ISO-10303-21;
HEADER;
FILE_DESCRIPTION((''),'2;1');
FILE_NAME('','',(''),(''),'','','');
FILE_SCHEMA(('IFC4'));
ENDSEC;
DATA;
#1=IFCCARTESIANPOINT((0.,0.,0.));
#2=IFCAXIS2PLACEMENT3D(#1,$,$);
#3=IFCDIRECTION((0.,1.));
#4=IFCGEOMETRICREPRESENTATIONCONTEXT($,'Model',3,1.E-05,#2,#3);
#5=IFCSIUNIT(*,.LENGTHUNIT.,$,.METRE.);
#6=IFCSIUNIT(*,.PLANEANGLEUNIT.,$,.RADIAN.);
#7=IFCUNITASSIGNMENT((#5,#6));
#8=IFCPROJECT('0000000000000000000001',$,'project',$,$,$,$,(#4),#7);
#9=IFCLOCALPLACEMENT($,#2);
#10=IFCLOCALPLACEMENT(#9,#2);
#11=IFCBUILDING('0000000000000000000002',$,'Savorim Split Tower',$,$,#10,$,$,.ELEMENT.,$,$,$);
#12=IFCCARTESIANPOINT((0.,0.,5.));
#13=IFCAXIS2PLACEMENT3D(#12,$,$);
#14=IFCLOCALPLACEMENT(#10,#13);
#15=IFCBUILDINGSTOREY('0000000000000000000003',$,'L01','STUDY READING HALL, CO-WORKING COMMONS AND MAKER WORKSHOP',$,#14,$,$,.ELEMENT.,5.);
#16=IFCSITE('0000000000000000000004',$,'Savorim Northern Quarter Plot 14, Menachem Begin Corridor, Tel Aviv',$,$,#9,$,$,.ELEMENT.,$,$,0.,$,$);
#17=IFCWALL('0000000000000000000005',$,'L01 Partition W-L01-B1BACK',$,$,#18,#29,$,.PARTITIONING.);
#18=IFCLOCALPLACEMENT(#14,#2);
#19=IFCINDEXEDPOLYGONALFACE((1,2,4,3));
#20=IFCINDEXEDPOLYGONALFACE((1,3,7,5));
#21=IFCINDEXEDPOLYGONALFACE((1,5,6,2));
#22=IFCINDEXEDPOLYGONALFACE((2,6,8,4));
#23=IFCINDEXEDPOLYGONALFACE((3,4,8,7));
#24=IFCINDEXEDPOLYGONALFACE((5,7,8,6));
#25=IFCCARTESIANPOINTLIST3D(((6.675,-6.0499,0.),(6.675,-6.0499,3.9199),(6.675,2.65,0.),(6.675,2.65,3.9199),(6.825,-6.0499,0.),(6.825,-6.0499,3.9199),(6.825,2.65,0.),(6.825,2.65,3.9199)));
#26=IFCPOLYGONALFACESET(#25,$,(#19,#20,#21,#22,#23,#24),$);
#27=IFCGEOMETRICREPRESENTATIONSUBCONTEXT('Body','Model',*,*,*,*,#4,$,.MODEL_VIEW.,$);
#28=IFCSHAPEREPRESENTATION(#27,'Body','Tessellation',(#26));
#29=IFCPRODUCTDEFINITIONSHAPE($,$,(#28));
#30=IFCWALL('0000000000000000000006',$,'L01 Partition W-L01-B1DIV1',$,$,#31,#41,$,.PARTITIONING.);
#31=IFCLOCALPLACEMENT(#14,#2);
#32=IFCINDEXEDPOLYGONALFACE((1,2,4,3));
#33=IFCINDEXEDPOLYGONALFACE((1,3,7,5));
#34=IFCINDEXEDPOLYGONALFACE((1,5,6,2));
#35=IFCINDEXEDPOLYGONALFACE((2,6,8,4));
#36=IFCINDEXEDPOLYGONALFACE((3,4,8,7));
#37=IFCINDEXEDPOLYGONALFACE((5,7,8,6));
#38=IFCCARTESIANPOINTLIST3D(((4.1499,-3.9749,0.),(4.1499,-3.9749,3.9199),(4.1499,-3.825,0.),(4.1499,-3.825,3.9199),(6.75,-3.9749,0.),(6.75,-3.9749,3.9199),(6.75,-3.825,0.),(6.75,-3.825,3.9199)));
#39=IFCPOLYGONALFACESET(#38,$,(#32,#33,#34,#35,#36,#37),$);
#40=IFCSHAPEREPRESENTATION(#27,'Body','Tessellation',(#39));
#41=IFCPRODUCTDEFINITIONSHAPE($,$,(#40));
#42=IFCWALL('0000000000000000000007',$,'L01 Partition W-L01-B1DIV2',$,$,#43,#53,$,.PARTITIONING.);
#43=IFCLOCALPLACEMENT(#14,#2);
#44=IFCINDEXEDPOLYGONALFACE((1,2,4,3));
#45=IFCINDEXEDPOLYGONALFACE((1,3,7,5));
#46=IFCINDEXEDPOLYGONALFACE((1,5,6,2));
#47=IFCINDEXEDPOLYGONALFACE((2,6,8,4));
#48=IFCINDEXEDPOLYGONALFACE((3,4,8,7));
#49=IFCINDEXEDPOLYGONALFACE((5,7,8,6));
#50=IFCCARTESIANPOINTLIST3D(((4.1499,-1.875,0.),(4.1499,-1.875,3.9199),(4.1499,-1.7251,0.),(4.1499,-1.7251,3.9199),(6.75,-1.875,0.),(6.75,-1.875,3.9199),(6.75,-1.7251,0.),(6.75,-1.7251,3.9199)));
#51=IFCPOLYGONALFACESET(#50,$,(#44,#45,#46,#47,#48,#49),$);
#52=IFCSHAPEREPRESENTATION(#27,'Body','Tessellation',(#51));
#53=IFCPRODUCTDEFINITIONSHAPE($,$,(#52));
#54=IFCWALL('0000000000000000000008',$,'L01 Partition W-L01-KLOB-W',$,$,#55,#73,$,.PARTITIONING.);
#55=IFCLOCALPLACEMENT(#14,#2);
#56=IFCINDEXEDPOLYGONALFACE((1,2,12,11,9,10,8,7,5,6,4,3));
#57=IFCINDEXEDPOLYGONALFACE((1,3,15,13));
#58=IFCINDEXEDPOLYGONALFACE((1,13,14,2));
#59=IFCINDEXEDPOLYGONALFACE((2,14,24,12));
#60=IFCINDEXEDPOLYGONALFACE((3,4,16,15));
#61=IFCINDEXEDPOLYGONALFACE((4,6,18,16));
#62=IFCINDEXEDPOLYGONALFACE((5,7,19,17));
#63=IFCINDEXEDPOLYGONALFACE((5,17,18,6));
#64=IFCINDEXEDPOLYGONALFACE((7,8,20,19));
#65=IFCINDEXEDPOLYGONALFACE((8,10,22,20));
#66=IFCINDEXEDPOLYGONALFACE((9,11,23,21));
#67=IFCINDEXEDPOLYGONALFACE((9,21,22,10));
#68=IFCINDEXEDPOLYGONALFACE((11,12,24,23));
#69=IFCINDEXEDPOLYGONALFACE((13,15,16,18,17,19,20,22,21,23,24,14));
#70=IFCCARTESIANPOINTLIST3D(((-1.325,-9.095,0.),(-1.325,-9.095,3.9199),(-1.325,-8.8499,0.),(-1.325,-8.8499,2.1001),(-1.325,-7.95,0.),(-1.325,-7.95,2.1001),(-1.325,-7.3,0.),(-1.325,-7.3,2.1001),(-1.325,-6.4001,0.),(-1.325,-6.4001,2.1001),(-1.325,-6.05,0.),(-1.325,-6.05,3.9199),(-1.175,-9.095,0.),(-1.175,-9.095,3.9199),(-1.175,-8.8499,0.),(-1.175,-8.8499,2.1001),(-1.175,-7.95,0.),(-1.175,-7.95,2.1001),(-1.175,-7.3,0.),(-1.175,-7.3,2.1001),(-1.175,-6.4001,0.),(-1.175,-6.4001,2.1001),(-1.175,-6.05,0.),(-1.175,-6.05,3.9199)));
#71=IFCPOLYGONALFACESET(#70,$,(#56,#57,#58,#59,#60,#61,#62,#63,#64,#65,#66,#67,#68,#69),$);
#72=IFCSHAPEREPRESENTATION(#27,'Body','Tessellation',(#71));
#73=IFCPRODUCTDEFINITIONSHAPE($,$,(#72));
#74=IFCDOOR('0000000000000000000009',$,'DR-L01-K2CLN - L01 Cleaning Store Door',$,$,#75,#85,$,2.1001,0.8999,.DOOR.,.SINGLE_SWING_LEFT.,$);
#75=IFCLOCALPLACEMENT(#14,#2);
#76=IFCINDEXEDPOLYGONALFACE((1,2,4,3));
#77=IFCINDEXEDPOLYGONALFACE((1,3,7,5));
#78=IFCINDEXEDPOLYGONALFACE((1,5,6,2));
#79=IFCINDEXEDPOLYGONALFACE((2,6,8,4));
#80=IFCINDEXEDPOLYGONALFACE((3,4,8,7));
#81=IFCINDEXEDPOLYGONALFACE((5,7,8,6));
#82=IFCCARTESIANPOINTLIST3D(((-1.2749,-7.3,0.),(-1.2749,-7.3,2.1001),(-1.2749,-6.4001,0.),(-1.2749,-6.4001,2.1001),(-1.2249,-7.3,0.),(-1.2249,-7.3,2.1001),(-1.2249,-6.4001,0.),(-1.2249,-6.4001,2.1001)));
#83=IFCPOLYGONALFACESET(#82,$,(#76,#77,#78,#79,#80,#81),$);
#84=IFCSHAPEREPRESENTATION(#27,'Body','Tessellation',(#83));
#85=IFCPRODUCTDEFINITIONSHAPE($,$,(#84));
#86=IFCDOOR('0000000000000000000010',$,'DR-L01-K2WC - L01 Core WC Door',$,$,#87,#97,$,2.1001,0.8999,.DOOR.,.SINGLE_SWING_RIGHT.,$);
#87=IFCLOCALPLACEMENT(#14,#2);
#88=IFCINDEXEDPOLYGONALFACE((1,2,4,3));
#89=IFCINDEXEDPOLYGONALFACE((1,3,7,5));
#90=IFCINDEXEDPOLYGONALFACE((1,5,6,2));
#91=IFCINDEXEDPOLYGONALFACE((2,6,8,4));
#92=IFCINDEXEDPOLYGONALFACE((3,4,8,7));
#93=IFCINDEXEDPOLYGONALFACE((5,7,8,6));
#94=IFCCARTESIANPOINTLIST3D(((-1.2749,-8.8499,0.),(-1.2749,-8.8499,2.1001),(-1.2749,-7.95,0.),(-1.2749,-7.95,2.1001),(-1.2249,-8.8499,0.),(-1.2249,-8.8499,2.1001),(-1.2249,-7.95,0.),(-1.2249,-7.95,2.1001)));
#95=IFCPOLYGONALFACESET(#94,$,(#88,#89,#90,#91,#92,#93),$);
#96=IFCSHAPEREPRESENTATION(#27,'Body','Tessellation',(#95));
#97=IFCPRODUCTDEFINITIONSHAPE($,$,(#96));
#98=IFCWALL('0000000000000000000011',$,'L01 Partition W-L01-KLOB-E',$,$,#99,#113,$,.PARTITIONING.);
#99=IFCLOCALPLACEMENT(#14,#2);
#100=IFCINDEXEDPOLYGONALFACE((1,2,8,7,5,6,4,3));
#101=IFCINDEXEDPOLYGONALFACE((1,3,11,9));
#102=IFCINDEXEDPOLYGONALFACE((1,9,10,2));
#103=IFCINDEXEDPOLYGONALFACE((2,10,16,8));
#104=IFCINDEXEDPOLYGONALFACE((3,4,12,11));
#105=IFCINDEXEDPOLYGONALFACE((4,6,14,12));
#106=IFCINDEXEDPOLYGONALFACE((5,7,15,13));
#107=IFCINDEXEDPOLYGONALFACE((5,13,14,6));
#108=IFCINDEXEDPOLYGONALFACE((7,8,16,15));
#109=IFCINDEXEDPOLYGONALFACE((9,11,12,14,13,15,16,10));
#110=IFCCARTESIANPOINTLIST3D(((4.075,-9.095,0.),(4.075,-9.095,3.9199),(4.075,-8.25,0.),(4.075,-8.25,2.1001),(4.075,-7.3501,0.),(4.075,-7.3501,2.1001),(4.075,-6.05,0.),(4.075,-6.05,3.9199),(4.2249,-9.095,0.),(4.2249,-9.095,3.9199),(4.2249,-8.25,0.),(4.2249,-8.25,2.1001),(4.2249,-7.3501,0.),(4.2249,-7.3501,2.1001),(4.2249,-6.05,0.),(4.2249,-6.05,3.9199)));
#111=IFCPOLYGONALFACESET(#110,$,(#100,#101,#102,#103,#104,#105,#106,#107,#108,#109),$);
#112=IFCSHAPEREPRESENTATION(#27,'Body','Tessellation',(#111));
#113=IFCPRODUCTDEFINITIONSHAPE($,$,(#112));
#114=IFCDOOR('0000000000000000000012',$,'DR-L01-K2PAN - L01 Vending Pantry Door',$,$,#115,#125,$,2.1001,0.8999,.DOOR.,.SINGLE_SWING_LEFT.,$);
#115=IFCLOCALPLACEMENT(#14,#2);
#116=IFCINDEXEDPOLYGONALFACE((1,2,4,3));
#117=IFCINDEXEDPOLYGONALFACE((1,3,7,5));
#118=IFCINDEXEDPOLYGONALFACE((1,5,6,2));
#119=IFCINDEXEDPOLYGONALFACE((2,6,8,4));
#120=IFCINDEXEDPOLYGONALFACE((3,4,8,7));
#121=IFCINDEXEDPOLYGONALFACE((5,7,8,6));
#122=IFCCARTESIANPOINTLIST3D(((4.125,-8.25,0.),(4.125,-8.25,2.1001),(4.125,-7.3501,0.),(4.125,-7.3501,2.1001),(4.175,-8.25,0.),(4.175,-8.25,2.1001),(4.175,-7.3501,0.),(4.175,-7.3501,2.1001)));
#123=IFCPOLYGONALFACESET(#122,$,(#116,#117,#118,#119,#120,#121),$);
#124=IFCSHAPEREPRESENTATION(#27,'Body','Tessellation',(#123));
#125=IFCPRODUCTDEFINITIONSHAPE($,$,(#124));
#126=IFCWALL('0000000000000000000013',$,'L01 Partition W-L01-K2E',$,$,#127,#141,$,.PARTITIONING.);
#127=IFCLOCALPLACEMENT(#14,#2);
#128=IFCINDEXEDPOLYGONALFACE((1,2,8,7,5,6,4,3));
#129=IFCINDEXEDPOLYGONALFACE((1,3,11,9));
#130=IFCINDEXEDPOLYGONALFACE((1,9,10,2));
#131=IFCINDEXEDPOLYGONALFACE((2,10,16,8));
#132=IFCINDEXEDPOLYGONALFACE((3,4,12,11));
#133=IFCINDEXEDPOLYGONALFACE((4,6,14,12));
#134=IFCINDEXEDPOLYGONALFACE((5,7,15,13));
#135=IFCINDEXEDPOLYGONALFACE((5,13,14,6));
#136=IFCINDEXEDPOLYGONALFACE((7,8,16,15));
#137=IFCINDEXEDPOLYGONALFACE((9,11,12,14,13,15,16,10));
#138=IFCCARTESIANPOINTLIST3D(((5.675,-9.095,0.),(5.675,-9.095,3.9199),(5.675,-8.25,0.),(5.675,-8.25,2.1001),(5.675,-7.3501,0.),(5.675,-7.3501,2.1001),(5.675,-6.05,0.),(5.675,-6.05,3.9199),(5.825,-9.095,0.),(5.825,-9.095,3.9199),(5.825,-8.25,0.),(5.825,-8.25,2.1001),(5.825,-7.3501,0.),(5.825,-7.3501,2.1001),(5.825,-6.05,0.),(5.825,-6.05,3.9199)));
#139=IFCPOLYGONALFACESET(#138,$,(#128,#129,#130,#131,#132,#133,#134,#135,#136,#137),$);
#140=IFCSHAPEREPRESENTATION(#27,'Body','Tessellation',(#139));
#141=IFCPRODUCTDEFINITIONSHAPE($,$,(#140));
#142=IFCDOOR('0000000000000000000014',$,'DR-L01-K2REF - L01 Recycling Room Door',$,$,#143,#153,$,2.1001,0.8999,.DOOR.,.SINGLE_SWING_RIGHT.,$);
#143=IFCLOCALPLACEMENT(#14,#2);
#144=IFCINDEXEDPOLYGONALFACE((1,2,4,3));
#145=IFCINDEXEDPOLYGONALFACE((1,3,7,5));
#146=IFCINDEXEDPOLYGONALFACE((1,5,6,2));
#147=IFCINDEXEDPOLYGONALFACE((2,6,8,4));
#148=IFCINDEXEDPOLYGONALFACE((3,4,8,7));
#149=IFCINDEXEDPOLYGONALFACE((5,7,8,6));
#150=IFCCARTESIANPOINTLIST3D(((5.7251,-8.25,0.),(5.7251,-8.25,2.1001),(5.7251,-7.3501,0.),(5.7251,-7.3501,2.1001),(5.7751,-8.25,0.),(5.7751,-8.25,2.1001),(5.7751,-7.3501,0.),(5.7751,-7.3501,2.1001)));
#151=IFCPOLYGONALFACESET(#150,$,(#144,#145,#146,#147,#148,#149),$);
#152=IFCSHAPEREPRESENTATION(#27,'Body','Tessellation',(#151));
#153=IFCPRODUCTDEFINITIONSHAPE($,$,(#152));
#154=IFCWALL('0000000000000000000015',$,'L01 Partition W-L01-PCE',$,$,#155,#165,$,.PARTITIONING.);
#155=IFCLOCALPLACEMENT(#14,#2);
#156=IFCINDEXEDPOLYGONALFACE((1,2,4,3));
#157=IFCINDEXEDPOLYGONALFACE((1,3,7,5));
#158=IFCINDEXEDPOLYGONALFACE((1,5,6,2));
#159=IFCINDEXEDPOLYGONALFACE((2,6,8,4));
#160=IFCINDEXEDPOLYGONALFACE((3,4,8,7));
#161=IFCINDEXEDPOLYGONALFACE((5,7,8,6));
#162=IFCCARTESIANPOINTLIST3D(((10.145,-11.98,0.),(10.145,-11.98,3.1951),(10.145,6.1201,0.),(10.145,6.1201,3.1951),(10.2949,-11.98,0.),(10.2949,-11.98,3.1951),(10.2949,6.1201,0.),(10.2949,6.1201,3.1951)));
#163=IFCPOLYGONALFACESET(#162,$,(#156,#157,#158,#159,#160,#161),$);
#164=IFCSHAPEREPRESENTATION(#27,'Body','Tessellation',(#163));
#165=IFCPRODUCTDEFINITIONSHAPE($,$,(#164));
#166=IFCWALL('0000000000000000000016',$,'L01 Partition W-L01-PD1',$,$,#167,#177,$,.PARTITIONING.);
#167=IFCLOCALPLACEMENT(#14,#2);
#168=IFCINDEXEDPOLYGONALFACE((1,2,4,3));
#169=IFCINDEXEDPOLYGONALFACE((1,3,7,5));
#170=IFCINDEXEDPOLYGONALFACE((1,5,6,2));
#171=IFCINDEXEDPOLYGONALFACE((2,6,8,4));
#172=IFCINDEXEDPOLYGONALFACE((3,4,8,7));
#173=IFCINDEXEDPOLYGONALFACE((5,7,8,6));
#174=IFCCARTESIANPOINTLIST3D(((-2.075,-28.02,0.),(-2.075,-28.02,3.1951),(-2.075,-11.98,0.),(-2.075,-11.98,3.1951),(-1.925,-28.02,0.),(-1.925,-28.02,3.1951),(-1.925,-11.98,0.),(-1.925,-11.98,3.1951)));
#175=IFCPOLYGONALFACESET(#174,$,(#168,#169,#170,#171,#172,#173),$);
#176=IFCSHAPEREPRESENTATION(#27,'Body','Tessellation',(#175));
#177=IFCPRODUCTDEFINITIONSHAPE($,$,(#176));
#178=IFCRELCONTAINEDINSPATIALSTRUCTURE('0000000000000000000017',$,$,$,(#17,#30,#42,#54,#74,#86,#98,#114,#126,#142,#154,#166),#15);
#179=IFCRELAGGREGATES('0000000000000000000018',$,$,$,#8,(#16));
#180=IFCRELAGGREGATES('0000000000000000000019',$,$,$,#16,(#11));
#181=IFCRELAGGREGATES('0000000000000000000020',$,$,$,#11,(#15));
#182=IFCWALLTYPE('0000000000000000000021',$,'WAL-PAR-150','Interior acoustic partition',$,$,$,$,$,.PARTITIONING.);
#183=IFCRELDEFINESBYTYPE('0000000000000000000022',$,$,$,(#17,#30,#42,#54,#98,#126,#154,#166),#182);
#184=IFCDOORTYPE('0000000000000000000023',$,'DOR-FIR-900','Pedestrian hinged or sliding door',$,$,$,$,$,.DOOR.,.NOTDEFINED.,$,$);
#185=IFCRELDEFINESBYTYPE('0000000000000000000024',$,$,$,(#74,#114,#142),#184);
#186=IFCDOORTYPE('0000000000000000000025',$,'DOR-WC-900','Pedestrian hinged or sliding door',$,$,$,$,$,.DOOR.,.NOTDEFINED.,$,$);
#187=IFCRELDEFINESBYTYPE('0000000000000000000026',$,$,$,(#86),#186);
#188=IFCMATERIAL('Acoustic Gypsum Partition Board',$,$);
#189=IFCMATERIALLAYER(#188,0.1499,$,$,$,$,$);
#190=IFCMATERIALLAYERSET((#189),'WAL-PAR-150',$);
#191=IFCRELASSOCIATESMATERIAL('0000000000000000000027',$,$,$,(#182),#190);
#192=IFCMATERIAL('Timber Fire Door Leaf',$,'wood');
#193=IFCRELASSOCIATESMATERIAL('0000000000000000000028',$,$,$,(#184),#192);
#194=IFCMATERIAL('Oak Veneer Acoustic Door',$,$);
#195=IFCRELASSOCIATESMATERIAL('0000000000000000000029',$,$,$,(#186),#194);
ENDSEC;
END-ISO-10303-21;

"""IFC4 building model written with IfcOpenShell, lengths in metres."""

from ifc_helpers import new_model, si_unit, direction, frame, frame_2d, origin, place, context, subcontext, project, spatial, rectangle, extrude, material, layer, layer_set, type_object, element, fill, save


model = new_model("IFC4")

# Units and contexts
model_context = context("Model", 3, precision=1e-05, world=origin(), true_north=direction((0.0, 1.0)))
body_context = subcontext(model_context, "Body", "Model", "MODEL_VIEW")
ifc_project = project(units=[si_unit("LENGTHUNIT", "METRE"), si_unit("PLANEANGLEUNIT", "RADIAN")], contexts=[model_context])

# Site, building, storey
site_placement = place(None, origin())
site = spatial("IfcSite", under=ifc_project, at=site_placement, Name="Savorim Northern Quarter Plot 14, Menachem Begin Corridor, Tel Aviv", CompositionType="ELEMENT", RefElevation=0.0)
building_placement = place(site_placement, origin())
building = spatial("IfcBuilding", under=site, at=building_placement, Name="Savorim Split Tower", CompositionType="ELEMENT")
storey_placement = place(building_placement, frame((0.0, 0.0, 5.0)))
storey = spatial("IfcBuildingStorey", under=building, at=storey_placement, Name="L01", Description="STUDY READING HALL, CO-WORKING COMMONS AND MAKER WORKSHOP", CompositionType="ELEMENT", Elevation=5.0)

# Walls
ifc_material_1 = material(Name="Acoustic Gypsum Partition Board")
ifc_layer_1 = layer(ifc_material_1, 0.1499)
ifc_layer_set_1 = layer_set([ifc_layer_1], Name="WAL-PAR-150")
wall_type_1 = type_object("IfcWallType", Name="WAL-PAR-150", Description="Interior acoustic partition", PredefinedType="PARTITIONING", material=ifc_layer_set_1)
wall_1_placement = place(storey_placement, frame((6.75, -6.05, 0.0), z_axis=(0.0, 0.0, 1.0), x_axis=(0.0, 1.0, 0.0)))
element("IfcWall", 1, at=wall_1_placement, inside=storey, type_object=wall_type_1, Name="L01 Partition W-L01-B1BACK", PredefinedType="PARTITIONING", context=body_context, shape_type="SweptSolid", body=[
    extrude(rectangle(XDim=8.7, YDim=0.1499, at=frame_2d((4.3501, 0.0))), origin(), (0.0, 0.0, 1.0), 3.9199),
])
for number, where, z_axis, x_axis, name in (
    (2, (4.1499, -3.8999, 0.0), (0.0, 0.0, 1.0), (1.0, 0.0, 0.0), "L01 Partition W-L01-B1DIV1"),
    (3, (4.1499, -1.8, 0.0), (0.0, 0.0, 1.0), (1.0, 0.0, 0.0), "L01 Partition W-L01-B1DIV2"),
):
    element("IfcWall", number, at=place(storey_placement, frame(where, z_axis=z_axis, x_axis=x_axis)), inside=storey, type_object=wall_type_1, Name=name, PredefinedType="PARTITIONING", context=body_context, shape_type="SweptSolid", body=[
        extrude(rectangle(XDim=2.6001, YDim=0.1499, at=frame_2d((1.3, 0.0))), origin(), (0.0, 0.0, 1.0), 3.9199),
    ])

# Wall, openings, doors
wall_2_placement = place(storey_placement, frame((-1.25, -9.095, 0.0), z_axis=(0.0, 0.0, 1.0), x_axis=(0.0, 1.0, 0.0)))
wall_2 = element("IfcWall", 4, at=wall_2_placement, inside=storey, type_object=wall_type_1, Name="L01 Partition W-L01-KLOB-W", PredefinedType="PARTITIONING", context=body_context, shape_type="SweptSolid", body=[
    extrude(rectangle(XDim=3.0449, YDim=0.1499, at=frame_2d((1.5225, 0.0))), origin(), (0.0, 0.0, 1.0), 3.9199),
])
opening_1_placement = place(wall_2_placement, frame((1.7949, 0.0, 0.0)))
opening_1 = element("IfcOpeningElement", 5, at=opening_1_placement, cuts=wall_2, PredefinedType="OPENING", context=body_context, shape_type="SweptSolid", body=[
    extrude(rectangle(XDim=0.8999, YDim=2.1001, at=frame_2d((0.45, 1.05))), frame((0.0, 0.085, 0.0), z_axis=(0.0, -1.0, 0.0), x_axis=(1.0, 0.0, 0.0)), (0.0, 0.0, 1.0), 0.1699),
])
opening_2_placement = place(wall_2_placement, frame((0.2451, 0.0, 0.0)))
opening_2 = element("IfcOpeningElement", 6, at=opening_2_placement, cuts=wall_2, PredefinedType="OPENING", context=body_context, shape_type="SweptSolid", body=[
    extrude(rectangle(XDim=0.8999, YDim=2.1001, at=frame_2d((0.45, 1.05))), frame((0.0, 0.085, 0.0), z_axis=(0.0, -1.0, 0.0), x_axis=(1.0, 0.0, 0.0)), (0.0, 0.0, 1.0), 0.1699),
])
ifc_material_2 = material(Name="Timber Fire Door Leaf", Category="wood")
door_type_1 = type_object("IfcDoorType", Name="DOR-FIR-900", Description="Pedestrian hinged or sliding door", OperationType="NOTDEFINED", PredefinedType="DOOR", material=ifc_material_2)
door_1_placement = place(opening_1_placement, origin())
door_1 = element("IfcDoor", 7, at=door_1_placement, inside=storey, type_object=door_type_1, Name="DR-L01-K2CLN - L01 Cleaning Store Door", OperationType="SINGLE_SWING_LEFT", OverallHeight=2.1001, OverallWidth=0.8999, PredefinedType="DOOR", context=body_context, shape_type="SweptSolid", body=[
    extrude(rectangle(XDim=0.8999, YDim=2.1001, at=frame_2d((0.45, 1.05))), frame((0.0, 0.0249, 0.0), z_axis=(0.0, -1.0, 0.0), x_axis=(1.0, 0.0, 0.0)), (0.0, 0.0, 1.0), 0.05),
])
fill(opening_1, door_1)
ifc_material_3 = material(Name="Oak Veneer Acoustic Door")
door_type_2 = type_object("IfcDoorType", Name="DOR-WC-900", Description="Pedestrian hinged or sliding door", OperationType="NOTDEFINED", PredefinedType="DOOR", material=ifc_material_3)
door_2_placement = place(opening_2_placement, origin())
door_2 = element("IfcDoor", 8, at=door_2_placement, inside=storey, type_object=door_type_2, Name="DR-L01-K2WC - L01 Core WC Door", OperationType="SINGLE_SWING_RIGHT", OverallHeight=2.1001, OverallWidth=0.8999, PredefinedType="DOOR", context=body_context, shape_type="SweptSolid", body=[
    extrude(rectangle(XDim=0.8999, YDim=2.1001, at=frame_2d((0.45, 1.05))), frame((0.0, 0.0249, 0.0), z_axis=(0.0, -1.0, 0.0), x_axis=(1.0, 0.0, 0.0)), (0.0, 0.0, 1.0), 0.05),
])
fill(opening_2, door_2)

# Walls, openings, doors
wall_3_placement = place(storey_placement, frame((4.1499, -9.095, 0.0), z_axis=(0.0, 0.0, 1.0), x_axis=(0.0, 1.0, 0.0)))
wall_3 = element("IfcWall", 9, at=wall_3_placement, inside=storey, type_object=wall_type_1, Name="L01 Partition W-L01-KLOB-E", PredefinedType="PARTITIONING", context=body_context, shape_type="SweptSolid", body=[
    extrude(rectangle(XDim=3.0449, YDim=0.1499, at=frame_2d((1.5225, 0.0))), origin(), (0.0, 0.0, 1.0), 3.9199),
])
opening_3_placement = place(wall_3_placement, frame((0.845, 0.0, 0.0)))
opening_3 = element("IfcOpeningElement", 10, at=opening_3_placement, cuts=wall_3, PredefinedType="OPENING", context=body_context, shape_type="SweptSolid", body=[
    extrude(rectangle(XDim=0.8999, YDim=2.1001, at=frame_2d((0.45, 1.05))), frame((0.0, 0.085, 0.0), z_axis=(0.0, -1.0, 0.0), x_axis=(1.0, 0.0, 0.0)), (0.0, 0.0, 1.0), 0.1699),
])
door_3_placement = place(opening_3_placement, origin())
door_3 = element("IfcDoor", 11, at=door_3_placement, inside=storey, type_object=door_type_1, Name="DR-L01-K2PAN - L01 Vending Pantry Door", OperationType="SINGLE_SWING_LEFT", OverallHeight=2.1001, OverallWidth=0.8999, PredefinedType="DOOR", context=body_context, shape_type="SweptSolid", body=[
    extrude(rectangle(XDim=0.8999, YDim=2.1001, at=frame_2d((0.45, 1.05))), frame((0.0, 0.0249, 0.0), z_axis=(0.0, -1.0, 0.0), x_axis=(1.0, 0.0, 0.0)), (0.0, 0.0, 1.0), 0.05),
])
fill(opening_3, door_3)
wall_4_placement = place(storey_placement, frame((5.75, -9.095, 0.0), z_axis=(0.0, 0.0, 1.0), x_axis=(0.0, 1.0, 0.0)))
wall_4 = element("IfcWall", 12, at=wall_4_placement, inside=storey, type_object=wall_type_1, Name="L01 Partition W-L01-K2E", PredefinedType="PARTITIONING", context=body_context, shape_type="SweptSolid", body=[
    extrude(rectangle(XDim=3.0449, YDim=0.1499, at=frame_2d((1.5225, 0.0))), origin(), (0.0, 0.0, 1.0), 3.9199),
])
opening_4_placement = place(wall_4_placement, frame((0.845, 0.0, 0.0)))
opening_4 = element("IfcOpeningElement", 13, at=opening_4_placement, cuts=wall_4, PredefinedType="OPENING", context=body_context, shape_type="SweptSolid", body=[
    extrude(rectangle(XDim=0.8999, YDim=2.1001, at=frame_2d((0.45, 1.05))), frame((0.0, 0.085, 0.0), z_axis=(0.0, -1.0, 0.0), x_axis=(1.0, 0.0, 0.0)), (0.0, 0.0, 1.0), 0.1699),
])
door_4_placement = place(opening_4_placement, origin())
door_4 = element("IfcDoor", 14, at=door_4_placement, inside=storey, type_object=door_type_1, Name="DR-L01-K2REF - L01 Recycling Room Door", OperationType="SINGLE_SWING_RIGHT", OverallHeight=2.1001, OverallWidth=0.8999, PredefinedType="DOOR", context=body_context, shape_type="SweptSolid", body=[
    extrude(rectangle(XDim=0.8999, YDim=2.1001, at=frame_2d((0.45, 1.05))), frame((0.0, 0.0249, 0.0), z_axis=(0.0, -1.0, 0.0), x_axis=(1.0, 0.0, 0.0)), (0.0, 0.0, 1.0), 0.05),
])
fill(opening_4, door_4)

# Walls
wall_5_placement = place(storey_placement, frame((10.22, -11.98, 0.0), z_axis=(0.0, 0.0, 1.0), x_axis=(0.0, 1.0, 0.0)))
element("IfcWall", 15, at=wall_5_placement, inside=storey, type_object=wall_type_1, Name="L01 Partition W-L01-PCE", PredefinedType="PARTITIONING", context=body_context, shape_type="SweptSolid", body=[
    extrude(rectangle(XDim=18.1001, YDim=0.1499, at=frame_2d((9.05, 0.0))), origin(), (0.0, 0.0, 1.0), 3.1951),
])
wall_6_placement = place(storey_placement, frame((-2.0, -28.02, 0.0), z_axis=(0.0, 0.0, 1.0), x_axis=(0.0, 1.0, 0.0)))
element("IfcWall", 16, at=wall_6_placement, inside=storey, type_object=wall_type_1, Name="L01 Partition W-L01-PD1", PredefinedType="PARTITIONING", context=body_context, shape_type="SweptSolid", body=[
    extrude(rectangle(XDim=16.04, YDim=0.1499, at=frame_2d((8.02, 0.0))), origin(), (0.0, 0.0, 1.0), 3.1951),
])

save(model, "model.ifc")
